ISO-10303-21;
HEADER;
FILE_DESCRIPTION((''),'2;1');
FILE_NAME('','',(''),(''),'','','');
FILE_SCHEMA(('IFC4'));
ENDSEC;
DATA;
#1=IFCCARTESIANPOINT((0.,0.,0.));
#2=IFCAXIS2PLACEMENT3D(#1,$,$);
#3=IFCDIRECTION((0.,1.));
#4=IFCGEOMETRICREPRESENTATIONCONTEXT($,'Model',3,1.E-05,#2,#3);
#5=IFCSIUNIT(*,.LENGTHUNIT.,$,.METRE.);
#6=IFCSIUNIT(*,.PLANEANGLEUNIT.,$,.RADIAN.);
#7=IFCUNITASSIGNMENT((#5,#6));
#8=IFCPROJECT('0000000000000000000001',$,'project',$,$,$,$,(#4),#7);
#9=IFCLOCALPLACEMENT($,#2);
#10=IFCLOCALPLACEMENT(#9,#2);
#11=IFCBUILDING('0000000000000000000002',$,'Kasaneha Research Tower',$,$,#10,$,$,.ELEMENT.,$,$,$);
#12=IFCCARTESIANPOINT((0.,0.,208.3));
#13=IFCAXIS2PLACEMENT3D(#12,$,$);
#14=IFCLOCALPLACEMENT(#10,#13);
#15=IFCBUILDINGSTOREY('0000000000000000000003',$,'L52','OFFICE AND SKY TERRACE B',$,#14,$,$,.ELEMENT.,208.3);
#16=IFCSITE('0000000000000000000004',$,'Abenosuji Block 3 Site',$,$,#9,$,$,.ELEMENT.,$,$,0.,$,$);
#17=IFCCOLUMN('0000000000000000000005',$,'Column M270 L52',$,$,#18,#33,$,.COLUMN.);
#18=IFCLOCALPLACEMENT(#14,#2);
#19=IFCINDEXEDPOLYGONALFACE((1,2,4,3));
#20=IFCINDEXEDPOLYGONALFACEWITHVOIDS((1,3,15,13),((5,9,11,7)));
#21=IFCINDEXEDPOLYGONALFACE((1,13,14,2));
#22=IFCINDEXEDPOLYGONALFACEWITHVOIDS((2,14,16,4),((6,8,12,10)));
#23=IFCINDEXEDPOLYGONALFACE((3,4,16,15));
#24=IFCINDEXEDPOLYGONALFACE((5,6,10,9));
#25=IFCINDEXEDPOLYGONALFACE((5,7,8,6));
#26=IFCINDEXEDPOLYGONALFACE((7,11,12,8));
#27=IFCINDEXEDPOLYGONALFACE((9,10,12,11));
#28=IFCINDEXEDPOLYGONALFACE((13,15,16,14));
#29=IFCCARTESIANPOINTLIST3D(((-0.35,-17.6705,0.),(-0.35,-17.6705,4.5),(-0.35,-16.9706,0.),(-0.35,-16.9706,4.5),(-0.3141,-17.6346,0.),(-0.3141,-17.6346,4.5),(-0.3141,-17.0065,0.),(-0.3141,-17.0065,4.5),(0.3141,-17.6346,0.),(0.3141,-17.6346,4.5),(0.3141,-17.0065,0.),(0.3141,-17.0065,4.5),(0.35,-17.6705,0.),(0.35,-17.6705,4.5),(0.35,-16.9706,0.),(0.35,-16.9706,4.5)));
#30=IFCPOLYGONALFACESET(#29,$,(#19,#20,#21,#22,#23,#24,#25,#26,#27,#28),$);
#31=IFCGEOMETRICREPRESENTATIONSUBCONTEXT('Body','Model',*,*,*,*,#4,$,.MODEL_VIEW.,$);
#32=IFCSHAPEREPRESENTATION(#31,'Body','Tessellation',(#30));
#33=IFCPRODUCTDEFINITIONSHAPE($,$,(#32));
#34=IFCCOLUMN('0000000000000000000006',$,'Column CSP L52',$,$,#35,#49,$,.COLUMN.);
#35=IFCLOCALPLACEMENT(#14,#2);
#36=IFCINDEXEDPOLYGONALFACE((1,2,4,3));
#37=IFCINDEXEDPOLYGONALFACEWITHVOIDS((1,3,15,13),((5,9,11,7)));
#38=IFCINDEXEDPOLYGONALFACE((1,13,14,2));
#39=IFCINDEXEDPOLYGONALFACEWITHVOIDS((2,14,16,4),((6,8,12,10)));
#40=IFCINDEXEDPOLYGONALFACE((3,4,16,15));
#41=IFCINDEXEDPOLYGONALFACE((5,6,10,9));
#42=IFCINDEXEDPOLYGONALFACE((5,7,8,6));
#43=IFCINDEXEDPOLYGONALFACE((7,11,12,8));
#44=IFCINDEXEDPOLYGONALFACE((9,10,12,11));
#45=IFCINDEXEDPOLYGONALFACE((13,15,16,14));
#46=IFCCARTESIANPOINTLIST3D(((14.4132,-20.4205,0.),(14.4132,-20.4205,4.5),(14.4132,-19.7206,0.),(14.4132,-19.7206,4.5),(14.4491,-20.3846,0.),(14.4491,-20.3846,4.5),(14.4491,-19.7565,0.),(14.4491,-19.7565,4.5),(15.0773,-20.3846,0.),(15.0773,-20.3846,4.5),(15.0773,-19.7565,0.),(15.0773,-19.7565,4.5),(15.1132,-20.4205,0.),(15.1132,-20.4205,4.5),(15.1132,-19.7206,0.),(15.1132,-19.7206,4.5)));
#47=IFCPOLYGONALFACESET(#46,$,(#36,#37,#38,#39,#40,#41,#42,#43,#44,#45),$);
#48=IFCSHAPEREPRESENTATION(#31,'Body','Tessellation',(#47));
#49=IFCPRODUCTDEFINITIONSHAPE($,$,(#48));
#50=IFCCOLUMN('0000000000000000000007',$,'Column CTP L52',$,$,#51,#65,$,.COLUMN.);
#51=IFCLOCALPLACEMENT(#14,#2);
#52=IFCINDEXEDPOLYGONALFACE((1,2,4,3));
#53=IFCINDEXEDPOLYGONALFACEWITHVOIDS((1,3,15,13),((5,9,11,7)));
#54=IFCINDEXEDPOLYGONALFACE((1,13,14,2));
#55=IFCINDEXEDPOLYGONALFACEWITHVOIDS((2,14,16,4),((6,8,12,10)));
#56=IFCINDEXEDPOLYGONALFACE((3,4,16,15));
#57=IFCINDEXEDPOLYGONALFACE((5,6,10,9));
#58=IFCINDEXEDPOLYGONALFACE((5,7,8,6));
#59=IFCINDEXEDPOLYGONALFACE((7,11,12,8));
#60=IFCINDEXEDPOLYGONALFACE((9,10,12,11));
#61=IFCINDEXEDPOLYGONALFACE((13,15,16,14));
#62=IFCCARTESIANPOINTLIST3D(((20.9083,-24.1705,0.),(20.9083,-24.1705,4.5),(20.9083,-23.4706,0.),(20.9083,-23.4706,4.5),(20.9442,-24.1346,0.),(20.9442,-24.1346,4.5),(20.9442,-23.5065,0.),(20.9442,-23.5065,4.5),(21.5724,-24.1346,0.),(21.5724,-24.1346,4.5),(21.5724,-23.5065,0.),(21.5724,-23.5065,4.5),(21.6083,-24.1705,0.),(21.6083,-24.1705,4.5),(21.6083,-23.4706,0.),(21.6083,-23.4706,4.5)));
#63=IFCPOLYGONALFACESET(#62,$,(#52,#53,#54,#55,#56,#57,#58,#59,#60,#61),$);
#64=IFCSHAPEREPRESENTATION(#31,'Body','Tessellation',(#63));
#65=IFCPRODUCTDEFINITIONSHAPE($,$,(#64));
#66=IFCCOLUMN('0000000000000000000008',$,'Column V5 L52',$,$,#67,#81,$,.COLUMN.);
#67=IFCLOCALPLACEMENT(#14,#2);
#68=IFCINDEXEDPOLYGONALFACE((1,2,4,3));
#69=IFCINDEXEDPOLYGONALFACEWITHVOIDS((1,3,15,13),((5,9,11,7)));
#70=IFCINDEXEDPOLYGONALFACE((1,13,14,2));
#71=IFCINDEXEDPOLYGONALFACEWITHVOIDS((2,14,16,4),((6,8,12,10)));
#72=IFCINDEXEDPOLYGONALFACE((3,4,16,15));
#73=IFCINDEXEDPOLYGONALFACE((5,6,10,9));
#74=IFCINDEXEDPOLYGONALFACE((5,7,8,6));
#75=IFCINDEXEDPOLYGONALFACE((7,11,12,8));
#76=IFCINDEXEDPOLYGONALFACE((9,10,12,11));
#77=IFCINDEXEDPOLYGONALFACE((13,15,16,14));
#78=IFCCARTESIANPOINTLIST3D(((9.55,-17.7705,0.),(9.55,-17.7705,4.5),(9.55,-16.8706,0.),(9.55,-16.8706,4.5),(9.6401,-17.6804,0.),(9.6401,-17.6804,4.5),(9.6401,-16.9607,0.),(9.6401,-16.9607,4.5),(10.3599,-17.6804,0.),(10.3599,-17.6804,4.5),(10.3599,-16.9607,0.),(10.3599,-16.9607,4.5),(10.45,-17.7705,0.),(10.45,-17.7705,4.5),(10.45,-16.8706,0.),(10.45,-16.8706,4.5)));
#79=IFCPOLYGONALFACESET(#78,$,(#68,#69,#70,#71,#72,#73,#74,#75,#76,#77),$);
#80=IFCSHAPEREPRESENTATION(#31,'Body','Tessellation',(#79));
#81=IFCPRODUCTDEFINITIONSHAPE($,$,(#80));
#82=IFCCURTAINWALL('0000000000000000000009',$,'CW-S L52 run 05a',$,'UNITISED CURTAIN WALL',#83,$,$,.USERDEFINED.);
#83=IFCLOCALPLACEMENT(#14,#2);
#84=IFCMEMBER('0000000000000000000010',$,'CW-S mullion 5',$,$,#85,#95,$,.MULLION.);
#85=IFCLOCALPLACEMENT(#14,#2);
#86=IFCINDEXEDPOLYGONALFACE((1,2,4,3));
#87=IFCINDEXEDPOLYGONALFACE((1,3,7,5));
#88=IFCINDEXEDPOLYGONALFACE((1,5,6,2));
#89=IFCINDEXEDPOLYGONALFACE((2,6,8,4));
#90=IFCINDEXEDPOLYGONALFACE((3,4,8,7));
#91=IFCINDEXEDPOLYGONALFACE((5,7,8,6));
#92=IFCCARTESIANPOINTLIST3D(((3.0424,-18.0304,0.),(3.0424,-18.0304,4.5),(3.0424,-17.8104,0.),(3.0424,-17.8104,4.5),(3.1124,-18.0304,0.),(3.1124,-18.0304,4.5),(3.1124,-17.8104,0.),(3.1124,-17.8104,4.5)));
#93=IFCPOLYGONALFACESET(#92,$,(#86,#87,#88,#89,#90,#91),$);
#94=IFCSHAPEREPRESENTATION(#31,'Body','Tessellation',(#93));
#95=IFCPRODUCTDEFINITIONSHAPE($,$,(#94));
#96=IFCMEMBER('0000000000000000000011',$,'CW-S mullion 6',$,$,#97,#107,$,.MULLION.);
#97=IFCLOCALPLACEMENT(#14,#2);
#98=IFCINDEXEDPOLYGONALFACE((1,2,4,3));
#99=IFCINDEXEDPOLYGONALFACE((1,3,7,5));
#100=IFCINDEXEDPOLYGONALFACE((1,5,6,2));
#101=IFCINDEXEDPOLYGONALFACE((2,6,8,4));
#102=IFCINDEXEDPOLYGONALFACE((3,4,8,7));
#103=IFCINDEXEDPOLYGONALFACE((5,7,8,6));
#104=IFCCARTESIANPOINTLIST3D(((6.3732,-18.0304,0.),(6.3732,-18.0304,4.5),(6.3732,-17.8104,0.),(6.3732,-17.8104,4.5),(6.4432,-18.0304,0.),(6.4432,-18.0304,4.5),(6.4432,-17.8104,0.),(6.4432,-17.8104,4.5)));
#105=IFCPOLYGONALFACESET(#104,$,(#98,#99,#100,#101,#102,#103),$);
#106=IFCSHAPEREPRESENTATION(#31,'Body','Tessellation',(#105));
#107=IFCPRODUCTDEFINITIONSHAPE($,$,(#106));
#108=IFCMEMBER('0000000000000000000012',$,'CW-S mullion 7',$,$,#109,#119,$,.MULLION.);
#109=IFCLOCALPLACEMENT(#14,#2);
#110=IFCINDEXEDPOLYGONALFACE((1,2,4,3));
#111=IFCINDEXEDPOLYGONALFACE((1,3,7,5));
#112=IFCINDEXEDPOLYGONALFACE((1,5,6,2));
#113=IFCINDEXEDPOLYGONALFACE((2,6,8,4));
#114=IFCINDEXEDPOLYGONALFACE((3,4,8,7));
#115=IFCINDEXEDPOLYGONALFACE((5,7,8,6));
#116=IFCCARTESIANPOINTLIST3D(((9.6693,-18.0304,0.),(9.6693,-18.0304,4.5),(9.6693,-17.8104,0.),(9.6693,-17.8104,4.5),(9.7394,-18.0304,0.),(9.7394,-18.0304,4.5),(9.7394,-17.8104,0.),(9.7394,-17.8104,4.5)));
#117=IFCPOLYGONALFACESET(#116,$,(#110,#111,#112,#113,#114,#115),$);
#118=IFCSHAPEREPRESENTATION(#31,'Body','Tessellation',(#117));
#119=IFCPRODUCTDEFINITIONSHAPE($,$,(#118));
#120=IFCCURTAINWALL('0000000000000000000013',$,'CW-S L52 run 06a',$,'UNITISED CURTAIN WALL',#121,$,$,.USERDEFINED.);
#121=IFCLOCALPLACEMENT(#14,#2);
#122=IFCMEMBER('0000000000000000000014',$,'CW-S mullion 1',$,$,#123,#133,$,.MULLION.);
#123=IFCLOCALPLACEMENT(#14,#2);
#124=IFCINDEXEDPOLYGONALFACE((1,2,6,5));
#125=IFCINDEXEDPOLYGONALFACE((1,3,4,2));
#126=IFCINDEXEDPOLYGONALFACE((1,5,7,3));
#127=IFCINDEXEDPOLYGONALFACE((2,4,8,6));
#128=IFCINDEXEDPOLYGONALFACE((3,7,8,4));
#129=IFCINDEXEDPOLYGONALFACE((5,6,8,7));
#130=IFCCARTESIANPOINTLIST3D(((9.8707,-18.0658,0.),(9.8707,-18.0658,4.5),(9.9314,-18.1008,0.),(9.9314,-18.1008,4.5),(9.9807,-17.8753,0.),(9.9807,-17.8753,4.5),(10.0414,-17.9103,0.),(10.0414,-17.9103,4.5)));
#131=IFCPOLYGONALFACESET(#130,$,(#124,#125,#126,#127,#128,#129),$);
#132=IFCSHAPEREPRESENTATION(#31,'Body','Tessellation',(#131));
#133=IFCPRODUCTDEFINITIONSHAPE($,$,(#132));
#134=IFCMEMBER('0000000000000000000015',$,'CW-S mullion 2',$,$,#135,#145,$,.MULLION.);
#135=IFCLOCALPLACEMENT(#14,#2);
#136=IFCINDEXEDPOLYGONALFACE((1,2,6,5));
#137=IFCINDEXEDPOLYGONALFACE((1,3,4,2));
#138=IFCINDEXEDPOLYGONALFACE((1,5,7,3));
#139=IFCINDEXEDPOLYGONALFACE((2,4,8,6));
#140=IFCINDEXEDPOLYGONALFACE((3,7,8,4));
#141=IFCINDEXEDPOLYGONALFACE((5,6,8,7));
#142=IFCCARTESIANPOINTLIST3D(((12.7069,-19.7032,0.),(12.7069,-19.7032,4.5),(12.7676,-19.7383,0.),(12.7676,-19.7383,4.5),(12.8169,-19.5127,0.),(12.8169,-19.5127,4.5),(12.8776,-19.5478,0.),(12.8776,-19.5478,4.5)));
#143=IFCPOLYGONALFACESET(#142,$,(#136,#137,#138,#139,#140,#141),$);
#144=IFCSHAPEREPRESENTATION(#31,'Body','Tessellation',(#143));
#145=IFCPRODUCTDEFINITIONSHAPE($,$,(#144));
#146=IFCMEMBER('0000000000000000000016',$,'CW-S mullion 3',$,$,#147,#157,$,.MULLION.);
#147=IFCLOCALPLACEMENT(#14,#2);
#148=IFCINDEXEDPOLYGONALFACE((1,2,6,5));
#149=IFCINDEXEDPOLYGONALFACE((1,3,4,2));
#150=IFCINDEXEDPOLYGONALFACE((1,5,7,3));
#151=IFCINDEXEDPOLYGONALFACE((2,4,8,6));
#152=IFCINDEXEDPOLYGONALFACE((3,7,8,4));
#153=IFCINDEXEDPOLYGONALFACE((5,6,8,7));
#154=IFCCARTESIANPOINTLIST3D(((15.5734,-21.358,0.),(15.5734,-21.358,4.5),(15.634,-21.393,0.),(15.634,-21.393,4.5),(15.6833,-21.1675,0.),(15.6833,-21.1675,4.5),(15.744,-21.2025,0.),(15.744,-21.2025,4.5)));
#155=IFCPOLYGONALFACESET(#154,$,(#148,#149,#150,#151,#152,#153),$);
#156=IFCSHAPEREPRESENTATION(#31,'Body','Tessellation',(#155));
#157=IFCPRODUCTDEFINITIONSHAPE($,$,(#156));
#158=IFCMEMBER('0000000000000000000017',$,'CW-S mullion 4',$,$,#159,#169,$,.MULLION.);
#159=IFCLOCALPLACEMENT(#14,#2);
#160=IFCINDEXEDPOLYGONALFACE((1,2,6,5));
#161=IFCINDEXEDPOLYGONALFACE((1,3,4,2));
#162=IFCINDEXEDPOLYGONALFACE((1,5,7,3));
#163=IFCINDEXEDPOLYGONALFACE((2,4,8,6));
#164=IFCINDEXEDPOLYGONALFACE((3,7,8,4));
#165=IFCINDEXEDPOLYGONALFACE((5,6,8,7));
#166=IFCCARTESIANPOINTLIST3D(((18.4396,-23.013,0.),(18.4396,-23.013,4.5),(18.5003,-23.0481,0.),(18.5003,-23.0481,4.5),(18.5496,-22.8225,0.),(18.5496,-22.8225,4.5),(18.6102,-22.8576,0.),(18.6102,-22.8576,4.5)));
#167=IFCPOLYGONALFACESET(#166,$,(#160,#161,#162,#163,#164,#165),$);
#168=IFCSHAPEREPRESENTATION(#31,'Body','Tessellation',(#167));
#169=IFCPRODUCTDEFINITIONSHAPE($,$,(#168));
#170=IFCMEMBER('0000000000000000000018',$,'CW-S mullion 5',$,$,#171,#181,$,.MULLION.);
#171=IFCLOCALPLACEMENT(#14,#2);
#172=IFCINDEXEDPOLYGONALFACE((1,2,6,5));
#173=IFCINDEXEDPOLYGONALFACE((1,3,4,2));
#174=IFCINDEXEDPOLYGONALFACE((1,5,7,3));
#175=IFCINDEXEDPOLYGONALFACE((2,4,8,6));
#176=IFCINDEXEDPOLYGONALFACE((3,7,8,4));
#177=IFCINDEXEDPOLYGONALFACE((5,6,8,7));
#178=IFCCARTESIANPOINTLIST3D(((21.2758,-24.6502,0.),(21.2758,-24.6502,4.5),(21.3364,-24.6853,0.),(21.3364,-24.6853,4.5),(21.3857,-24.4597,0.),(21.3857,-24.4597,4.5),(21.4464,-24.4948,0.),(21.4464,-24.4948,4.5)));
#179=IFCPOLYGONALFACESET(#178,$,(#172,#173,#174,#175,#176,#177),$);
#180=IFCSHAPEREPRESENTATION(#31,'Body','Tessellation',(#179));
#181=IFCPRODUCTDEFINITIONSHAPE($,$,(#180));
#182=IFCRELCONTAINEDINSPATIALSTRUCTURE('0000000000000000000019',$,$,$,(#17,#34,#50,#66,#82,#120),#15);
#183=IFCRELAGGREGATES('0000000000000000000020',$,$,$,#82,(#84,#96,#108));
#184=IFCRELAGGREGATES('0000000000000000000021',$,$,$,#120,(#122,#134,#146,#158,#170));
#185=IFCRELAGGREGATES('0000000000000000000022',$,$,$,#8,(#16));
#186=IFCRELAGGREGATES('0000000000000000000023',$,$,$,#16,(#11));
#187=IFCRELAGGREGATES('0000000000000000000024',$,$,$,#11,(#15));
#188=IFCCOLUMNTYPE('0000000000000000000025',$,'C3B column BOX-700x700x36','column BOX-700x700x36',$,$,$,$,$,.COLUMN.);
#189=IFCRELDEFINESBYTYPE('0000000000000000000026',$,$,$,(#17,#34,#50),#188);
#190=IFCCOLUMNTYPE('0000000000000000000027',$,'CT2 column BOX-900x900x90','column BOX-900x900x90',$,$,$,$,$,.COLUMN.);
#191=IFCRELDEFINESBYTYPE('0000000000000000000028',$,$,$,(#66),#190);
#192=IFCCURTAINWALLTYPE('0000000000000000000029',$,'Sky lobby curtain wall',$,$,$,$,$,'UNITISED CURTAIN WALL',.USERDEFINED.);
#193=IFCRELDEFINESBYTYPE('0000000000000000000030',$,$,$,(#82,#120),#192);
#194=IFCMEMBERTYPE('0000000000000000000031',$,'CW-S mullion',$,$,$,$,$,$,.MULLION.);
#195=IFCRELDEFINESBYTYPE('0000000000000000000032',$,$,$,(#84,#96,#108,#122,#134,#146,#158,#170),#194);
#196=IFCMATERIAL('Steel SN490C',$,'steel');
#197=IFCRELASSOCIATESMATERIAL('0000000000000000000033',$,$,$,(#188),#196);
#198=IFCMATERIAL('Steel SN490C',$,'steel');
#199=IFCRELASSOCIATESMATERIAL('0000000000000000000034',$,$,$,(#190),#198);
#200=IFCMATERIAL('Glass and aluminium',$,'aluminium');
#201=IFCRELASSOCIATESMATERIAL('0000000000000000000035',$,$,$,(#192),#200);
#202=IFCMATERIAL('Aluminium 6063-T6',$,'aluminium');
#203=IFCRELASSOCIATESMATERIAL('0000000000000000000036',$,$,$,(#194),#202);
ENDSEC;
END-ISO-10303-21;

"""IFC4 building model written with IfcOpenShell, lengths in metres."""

from ifc_helpers import new_model, si_unit, direction, frame, origin, origin_2d, place, context, subcontext, project, spatial, rectangle, hollow_rectangle, extrude, material, material_profile, profile_set, type_object, element, aggregate, save


model = new_model("IFC4")

# Units and contexts
model_context = context("Model", 3, precision=1e-05, world=origin(), true_north=direction((0.0, 1.0)))
body_context = subcontext(model_context, "Body", "Model", "MODEL_VIEW")
ifc_project = project(units=[si_unit("LENGTHUNIT", "METRE"), si_unit("PLANEANGLEUNIT", "RADIAN")], contexts=[model_context])

# Site, building, storey
site_placement = place(None, origin())
site = spatial("IfcSite", under=ifc_project, at=site_placement, Name="Abenosuji Block 3 Site", CompositionType="ELEMENT", RefElevation=0.0)
building_placement = place(site_placement, origin())
building = spatial("IfcBuilding", under=site, at=building_placement, Name="Kasaneha Research Tower", CompositionType="ELEMENT")
storey_placement = place(building_placement, frame((0.0, 0.0, 208.3)))
storey = spatial("IfcBuildingStorey", under=building, at=storey_placement, Name="L52", Description="OFFICE AND SKY TERRACE B", CompositionType="ELEMENT", Elevation=208.3)

# Columns
ifc_material_1 = material(Name="Steel SN490C", Category="steel")
ifc_material_profile_1 = material_profile(ifc_material_1, hollow_rectangle(XDim=0.7, YDim=0.7, WallThickness=0.0359, at=origin_2d()), Name="BOX-700x700x36")
ifc_profile_set_1 = profile_set([ifc_material_profile_1], Name="Steel SN490C")
column_type_1 = type_object("IfcColumnType", Name="C3B column BOX-700x700x36", Description="column BOX-700x700x36", PredefinedType="COLUMN", material=ifc_profile_set_1)
for number, where, z_axis, x_axis, name in (
    (1, (0.0, -17.3206, 0.0), (0.0, 0.0, 1.0), (1.0, 0.0, 0.0), "Column M270 L52"),
    (2, (14.7632, -20.0706, 0.0), (0.0, 0.0, 1.0), (1.0, 0.0, 0.0), "Column CSP L52"),
    (3, (21.2583, -23.8206, 0.0), (0.0, 0.0, 1.0), (1.0, 0.0, 0.0), "Column CTP L52"),
):
    element("IfcColumn", number, at=place(storey_placement, frame(where, z_axis=z_axis, x_axis=x_axis)), inside=storey, type_object=column_type_1, Name=name, PredefinedType="COLUMN", context=body_context, shape_type="SweptSolid", body=[
        extrude(hollow_rectangle(XDim=0.7, YDim=0.7, WallThickness=0.0359, at=origin_2d()), origin(), (0.0, 0.0, 1.0), 4.5),
    ])
ifc_material_2 = material(Name="Steel SN490C", Category="steel")
ifc_material_profile_2 = material_profile(ifc_material_2, hollow_rectangle(XDim=0.8999, YDim=0.8999, WallThickness=0.0901, at=origin_2d()), Name="BOX-900x900x90")
ifc_profile_set_2 = profile_set([ifc_material_profile_2], Name="Steel SN490C")
column_type_2 = type_object("IfcColumnType", Name="CT2 column BOX-900x900x90", Description="column BOX-900x900x90", PredefinedType="COLUMN", material=ifc_profile_set_2)
column_placement = place(storey_placement, frame((10.0, -17.3206, 0.0), z_axis=(0.0, 0.0, 1.0), x_axis=(1.0, 0.0, 0.0)))
element("IfcColumn", 4, at=column_placement, inside=storey, type_object=column_type_2, Name="Column V5 L52", PredefinedType="COLUMN", context=body_context, shape_type="SweptSolid", body=[
    extrude(hollow_rectangle(XDim=0.8999, YDim=0.8999, WallThickness=0.0901, at=origin_2d()), origin(), (0.0, 0.0, 1.0), 4.5),
])

# Curtain walls, members
ifc_material_3 = material(Name="Glass and aluminium", Category="aluminium")
curtain_wall_type = type_object("IfcCurtainWallType", Name="Sky lobby curtain wall", ElementType="UNITISED CURTAIN WALL", PredefinedType="USERDEFINED", material=ifc_material_3)
curtain_wall_1_placement = place(storey_placement, origin())
curtain_wall_1 = element("IfcCurtainWall", 5, at=curtain_wall_1_placement, inside=storey, type_object=curtain_wall_type, Name="CW-S L52 run 05a", ObjectType="UNITISED CURTAIN WALL", PredefinedType="USERDEFINED")
ifc_material_4 = material(Name="Aluminium 6063-T6", Category="aluminium")
ifc_material_profile_3 = material_profile(ifc_material_4, rectangle(XDim=0.0701, YDim=0.22, at=origin_2d()), Name="CW-S mullion 70x220")
ifc_profile_set_3 = profile_set([ifc_material_profile_3], Name="Aluminium 6063-T6")
member_type = type_object("IfcMemberType", Name="CW-S mullion", PredefinedType="MULLION", material=ifc_profile_set_3)
member_1_placement = place(storey_placement, frame((3.0774, -17.9204, 0.0), z_axis=(0.0, 0.0, 1.0), x_axis=(1.0, 0.0, 0.0)))
member_1 = element("IfcMember", 6, at=member_1_placement, type_object=member_type, Name="CW-S mullion 5", PredefinedType="MULLION", context=body_context, shape_type="SweptSolid", body=[
    extrude(rectangle(XDim=0.0701, YDim=0.22, at=origin_2d()), origin(), (0.0, 0.0, 1.0), 4.5),
])
member_2_placement = place(storey_placement, frame((6.4082, -17.9204, 0.0), z_axis=(0.0, 0.0, 1.0), x_axis=(1.0, 0.0, 0.0)))
member_2 = element("IfcMember", 7, at=member_2_placement, type_object=member_type, Name="CW-S mullion 6", PredefinedType="MULLION", context=body_context, shape_type="SweptSolid", body=[
    extrude(rectangle(XDim=0.0701, YDim=0.22, at=origin_2d()), origin(), (0.0, 0.0, 1.0), 4.5),
])
member_3_placement = place(storey_placement, frame((9.7043, -17.9204, 0.0), z_axis=(0.0, 0.0, 1.0), x_axis=(1.0, 0.0, 0.0)))
member_3 = element("IfcMember", 8, at=member_3_placement, type_object=member_type, Name="CW-S mullion 7", PredefinedType="MULLION", context=body_context, shape_type="SweptSolid", body=[
    extrude(rectangle(XDim=0.0701, YDim=0.22, at=origin_2d()), origin(), (0.0, 0.0, 1.0), 4.5),
])
aggregate(curtain_wall_1, [member_1, member_2, member_3])
curtain_wall_2_placement = place(storey_placement, origin())
curtain_wall_2 = element("IfcCurtainWall", 9, at=curtain_wall_2_placement, inside=storey, type_object=curtain_wall_type, Name="CW-S L52 run 06a", ObjectType="UNITISED CURTAIN WALL", PredefinedType="USERDEFINED")
member_4_placement = place(storey_placement, frame((9.9561, -17.988, 0.0), z_axis=(0.0, 0.0, 1.0), x_axis=(0.866025, -0.5, 0.0)))
member_4 = element("IfcMember", 10, at=member_4_placement, type_object=member_type, Name="CW-S mullion 1", PredefinedType="MULLION", context=body_context, shape_type="SweptSolid", body=[
    extrude(rectangle(XDim=0.0701, YDim=0.22, at=origin_2d()), origin(), (0.0, 0.0, 1.0), 4.5),
])
member_5_placement = place(storey_placement, frame((12.7922, -19.6255, 0.0), z_axis=(0.0, 0.0, 1.0), x_axis=(0.866025, -0.5, 0.0)))
member_5 = element("IfcMember", 11, at=member_5_placement, type_object=member_type, Name="CW-S mullion 2", PredefinedType="MULLION", context=body_context, shape_type="SweptSolid", body=[
    extrude(rectangle(XDim=0.0701, YDim=0.22, at=origin_2d()), origin(), (0.0, 0.0, 1.0), 4.5),
])
member_6_placement = place(storey_placement, frame((15.6587, -21.2803, 0.0), z_axis=(0.0, 0.0, 1.0), x_axis=(0.866025, -0.5, 0.0)))
member_6 = element("IfcMember", 12, at=member_6_placement, type_object=member_type, Name="CW-S mullion 3", PredefinedType="MULLION", context=body_context, shape_type="SweptSolid", body=[
    extrude(rectangle(XDim=0.0701, YDim=0.22, at=origin_2d()), origin(), (0.0, 0.0, 1.0), 4.5),
])
member_7_placement = place(storey_placement, frame((18.5249, -22.9353, 0.0), z_axis=(0.0, 0.0, 1.0), x_axis=(0.866025, -0.5, 0.0)))
member_7 = element("IfcMember", 13, at=member_7_placement, type_object=member_type, Name="CW-S mullion 4", PredefinedType="MULLION", context=body_context, shape_type="SweptSolid", body=[
    extrude(rectangle(XDim=0.0701, YDim=0.22, at=origin_2d()), origin(), (0.0, 0.0, 1.0), 4.5),
])
member_8_placement = place(storey_placement, frame((21.3611, -24.5725, 0.0), z_axis=(0.0, 0.0, 1.0), x_axis=(0.866025, -0.5, 0.0)))
member_8 = element("IfcMember", 14, at=member_8_placement, type_object=member_type, Name="CW-S mullion 5", PredefinedType="MULLION", context=body_context, shape_type="SweptSolid", body=[
    extrude(rectangle(XDim=0.0701, YDim=0.22, at=origin_2d()), origin(), (0.0, 0.0, 1.0), 4.5),
])
aggregate(curtain_wall_2, [member_4, member_5, member_6, member_7, member_8])

save(model, "model.ifc")
